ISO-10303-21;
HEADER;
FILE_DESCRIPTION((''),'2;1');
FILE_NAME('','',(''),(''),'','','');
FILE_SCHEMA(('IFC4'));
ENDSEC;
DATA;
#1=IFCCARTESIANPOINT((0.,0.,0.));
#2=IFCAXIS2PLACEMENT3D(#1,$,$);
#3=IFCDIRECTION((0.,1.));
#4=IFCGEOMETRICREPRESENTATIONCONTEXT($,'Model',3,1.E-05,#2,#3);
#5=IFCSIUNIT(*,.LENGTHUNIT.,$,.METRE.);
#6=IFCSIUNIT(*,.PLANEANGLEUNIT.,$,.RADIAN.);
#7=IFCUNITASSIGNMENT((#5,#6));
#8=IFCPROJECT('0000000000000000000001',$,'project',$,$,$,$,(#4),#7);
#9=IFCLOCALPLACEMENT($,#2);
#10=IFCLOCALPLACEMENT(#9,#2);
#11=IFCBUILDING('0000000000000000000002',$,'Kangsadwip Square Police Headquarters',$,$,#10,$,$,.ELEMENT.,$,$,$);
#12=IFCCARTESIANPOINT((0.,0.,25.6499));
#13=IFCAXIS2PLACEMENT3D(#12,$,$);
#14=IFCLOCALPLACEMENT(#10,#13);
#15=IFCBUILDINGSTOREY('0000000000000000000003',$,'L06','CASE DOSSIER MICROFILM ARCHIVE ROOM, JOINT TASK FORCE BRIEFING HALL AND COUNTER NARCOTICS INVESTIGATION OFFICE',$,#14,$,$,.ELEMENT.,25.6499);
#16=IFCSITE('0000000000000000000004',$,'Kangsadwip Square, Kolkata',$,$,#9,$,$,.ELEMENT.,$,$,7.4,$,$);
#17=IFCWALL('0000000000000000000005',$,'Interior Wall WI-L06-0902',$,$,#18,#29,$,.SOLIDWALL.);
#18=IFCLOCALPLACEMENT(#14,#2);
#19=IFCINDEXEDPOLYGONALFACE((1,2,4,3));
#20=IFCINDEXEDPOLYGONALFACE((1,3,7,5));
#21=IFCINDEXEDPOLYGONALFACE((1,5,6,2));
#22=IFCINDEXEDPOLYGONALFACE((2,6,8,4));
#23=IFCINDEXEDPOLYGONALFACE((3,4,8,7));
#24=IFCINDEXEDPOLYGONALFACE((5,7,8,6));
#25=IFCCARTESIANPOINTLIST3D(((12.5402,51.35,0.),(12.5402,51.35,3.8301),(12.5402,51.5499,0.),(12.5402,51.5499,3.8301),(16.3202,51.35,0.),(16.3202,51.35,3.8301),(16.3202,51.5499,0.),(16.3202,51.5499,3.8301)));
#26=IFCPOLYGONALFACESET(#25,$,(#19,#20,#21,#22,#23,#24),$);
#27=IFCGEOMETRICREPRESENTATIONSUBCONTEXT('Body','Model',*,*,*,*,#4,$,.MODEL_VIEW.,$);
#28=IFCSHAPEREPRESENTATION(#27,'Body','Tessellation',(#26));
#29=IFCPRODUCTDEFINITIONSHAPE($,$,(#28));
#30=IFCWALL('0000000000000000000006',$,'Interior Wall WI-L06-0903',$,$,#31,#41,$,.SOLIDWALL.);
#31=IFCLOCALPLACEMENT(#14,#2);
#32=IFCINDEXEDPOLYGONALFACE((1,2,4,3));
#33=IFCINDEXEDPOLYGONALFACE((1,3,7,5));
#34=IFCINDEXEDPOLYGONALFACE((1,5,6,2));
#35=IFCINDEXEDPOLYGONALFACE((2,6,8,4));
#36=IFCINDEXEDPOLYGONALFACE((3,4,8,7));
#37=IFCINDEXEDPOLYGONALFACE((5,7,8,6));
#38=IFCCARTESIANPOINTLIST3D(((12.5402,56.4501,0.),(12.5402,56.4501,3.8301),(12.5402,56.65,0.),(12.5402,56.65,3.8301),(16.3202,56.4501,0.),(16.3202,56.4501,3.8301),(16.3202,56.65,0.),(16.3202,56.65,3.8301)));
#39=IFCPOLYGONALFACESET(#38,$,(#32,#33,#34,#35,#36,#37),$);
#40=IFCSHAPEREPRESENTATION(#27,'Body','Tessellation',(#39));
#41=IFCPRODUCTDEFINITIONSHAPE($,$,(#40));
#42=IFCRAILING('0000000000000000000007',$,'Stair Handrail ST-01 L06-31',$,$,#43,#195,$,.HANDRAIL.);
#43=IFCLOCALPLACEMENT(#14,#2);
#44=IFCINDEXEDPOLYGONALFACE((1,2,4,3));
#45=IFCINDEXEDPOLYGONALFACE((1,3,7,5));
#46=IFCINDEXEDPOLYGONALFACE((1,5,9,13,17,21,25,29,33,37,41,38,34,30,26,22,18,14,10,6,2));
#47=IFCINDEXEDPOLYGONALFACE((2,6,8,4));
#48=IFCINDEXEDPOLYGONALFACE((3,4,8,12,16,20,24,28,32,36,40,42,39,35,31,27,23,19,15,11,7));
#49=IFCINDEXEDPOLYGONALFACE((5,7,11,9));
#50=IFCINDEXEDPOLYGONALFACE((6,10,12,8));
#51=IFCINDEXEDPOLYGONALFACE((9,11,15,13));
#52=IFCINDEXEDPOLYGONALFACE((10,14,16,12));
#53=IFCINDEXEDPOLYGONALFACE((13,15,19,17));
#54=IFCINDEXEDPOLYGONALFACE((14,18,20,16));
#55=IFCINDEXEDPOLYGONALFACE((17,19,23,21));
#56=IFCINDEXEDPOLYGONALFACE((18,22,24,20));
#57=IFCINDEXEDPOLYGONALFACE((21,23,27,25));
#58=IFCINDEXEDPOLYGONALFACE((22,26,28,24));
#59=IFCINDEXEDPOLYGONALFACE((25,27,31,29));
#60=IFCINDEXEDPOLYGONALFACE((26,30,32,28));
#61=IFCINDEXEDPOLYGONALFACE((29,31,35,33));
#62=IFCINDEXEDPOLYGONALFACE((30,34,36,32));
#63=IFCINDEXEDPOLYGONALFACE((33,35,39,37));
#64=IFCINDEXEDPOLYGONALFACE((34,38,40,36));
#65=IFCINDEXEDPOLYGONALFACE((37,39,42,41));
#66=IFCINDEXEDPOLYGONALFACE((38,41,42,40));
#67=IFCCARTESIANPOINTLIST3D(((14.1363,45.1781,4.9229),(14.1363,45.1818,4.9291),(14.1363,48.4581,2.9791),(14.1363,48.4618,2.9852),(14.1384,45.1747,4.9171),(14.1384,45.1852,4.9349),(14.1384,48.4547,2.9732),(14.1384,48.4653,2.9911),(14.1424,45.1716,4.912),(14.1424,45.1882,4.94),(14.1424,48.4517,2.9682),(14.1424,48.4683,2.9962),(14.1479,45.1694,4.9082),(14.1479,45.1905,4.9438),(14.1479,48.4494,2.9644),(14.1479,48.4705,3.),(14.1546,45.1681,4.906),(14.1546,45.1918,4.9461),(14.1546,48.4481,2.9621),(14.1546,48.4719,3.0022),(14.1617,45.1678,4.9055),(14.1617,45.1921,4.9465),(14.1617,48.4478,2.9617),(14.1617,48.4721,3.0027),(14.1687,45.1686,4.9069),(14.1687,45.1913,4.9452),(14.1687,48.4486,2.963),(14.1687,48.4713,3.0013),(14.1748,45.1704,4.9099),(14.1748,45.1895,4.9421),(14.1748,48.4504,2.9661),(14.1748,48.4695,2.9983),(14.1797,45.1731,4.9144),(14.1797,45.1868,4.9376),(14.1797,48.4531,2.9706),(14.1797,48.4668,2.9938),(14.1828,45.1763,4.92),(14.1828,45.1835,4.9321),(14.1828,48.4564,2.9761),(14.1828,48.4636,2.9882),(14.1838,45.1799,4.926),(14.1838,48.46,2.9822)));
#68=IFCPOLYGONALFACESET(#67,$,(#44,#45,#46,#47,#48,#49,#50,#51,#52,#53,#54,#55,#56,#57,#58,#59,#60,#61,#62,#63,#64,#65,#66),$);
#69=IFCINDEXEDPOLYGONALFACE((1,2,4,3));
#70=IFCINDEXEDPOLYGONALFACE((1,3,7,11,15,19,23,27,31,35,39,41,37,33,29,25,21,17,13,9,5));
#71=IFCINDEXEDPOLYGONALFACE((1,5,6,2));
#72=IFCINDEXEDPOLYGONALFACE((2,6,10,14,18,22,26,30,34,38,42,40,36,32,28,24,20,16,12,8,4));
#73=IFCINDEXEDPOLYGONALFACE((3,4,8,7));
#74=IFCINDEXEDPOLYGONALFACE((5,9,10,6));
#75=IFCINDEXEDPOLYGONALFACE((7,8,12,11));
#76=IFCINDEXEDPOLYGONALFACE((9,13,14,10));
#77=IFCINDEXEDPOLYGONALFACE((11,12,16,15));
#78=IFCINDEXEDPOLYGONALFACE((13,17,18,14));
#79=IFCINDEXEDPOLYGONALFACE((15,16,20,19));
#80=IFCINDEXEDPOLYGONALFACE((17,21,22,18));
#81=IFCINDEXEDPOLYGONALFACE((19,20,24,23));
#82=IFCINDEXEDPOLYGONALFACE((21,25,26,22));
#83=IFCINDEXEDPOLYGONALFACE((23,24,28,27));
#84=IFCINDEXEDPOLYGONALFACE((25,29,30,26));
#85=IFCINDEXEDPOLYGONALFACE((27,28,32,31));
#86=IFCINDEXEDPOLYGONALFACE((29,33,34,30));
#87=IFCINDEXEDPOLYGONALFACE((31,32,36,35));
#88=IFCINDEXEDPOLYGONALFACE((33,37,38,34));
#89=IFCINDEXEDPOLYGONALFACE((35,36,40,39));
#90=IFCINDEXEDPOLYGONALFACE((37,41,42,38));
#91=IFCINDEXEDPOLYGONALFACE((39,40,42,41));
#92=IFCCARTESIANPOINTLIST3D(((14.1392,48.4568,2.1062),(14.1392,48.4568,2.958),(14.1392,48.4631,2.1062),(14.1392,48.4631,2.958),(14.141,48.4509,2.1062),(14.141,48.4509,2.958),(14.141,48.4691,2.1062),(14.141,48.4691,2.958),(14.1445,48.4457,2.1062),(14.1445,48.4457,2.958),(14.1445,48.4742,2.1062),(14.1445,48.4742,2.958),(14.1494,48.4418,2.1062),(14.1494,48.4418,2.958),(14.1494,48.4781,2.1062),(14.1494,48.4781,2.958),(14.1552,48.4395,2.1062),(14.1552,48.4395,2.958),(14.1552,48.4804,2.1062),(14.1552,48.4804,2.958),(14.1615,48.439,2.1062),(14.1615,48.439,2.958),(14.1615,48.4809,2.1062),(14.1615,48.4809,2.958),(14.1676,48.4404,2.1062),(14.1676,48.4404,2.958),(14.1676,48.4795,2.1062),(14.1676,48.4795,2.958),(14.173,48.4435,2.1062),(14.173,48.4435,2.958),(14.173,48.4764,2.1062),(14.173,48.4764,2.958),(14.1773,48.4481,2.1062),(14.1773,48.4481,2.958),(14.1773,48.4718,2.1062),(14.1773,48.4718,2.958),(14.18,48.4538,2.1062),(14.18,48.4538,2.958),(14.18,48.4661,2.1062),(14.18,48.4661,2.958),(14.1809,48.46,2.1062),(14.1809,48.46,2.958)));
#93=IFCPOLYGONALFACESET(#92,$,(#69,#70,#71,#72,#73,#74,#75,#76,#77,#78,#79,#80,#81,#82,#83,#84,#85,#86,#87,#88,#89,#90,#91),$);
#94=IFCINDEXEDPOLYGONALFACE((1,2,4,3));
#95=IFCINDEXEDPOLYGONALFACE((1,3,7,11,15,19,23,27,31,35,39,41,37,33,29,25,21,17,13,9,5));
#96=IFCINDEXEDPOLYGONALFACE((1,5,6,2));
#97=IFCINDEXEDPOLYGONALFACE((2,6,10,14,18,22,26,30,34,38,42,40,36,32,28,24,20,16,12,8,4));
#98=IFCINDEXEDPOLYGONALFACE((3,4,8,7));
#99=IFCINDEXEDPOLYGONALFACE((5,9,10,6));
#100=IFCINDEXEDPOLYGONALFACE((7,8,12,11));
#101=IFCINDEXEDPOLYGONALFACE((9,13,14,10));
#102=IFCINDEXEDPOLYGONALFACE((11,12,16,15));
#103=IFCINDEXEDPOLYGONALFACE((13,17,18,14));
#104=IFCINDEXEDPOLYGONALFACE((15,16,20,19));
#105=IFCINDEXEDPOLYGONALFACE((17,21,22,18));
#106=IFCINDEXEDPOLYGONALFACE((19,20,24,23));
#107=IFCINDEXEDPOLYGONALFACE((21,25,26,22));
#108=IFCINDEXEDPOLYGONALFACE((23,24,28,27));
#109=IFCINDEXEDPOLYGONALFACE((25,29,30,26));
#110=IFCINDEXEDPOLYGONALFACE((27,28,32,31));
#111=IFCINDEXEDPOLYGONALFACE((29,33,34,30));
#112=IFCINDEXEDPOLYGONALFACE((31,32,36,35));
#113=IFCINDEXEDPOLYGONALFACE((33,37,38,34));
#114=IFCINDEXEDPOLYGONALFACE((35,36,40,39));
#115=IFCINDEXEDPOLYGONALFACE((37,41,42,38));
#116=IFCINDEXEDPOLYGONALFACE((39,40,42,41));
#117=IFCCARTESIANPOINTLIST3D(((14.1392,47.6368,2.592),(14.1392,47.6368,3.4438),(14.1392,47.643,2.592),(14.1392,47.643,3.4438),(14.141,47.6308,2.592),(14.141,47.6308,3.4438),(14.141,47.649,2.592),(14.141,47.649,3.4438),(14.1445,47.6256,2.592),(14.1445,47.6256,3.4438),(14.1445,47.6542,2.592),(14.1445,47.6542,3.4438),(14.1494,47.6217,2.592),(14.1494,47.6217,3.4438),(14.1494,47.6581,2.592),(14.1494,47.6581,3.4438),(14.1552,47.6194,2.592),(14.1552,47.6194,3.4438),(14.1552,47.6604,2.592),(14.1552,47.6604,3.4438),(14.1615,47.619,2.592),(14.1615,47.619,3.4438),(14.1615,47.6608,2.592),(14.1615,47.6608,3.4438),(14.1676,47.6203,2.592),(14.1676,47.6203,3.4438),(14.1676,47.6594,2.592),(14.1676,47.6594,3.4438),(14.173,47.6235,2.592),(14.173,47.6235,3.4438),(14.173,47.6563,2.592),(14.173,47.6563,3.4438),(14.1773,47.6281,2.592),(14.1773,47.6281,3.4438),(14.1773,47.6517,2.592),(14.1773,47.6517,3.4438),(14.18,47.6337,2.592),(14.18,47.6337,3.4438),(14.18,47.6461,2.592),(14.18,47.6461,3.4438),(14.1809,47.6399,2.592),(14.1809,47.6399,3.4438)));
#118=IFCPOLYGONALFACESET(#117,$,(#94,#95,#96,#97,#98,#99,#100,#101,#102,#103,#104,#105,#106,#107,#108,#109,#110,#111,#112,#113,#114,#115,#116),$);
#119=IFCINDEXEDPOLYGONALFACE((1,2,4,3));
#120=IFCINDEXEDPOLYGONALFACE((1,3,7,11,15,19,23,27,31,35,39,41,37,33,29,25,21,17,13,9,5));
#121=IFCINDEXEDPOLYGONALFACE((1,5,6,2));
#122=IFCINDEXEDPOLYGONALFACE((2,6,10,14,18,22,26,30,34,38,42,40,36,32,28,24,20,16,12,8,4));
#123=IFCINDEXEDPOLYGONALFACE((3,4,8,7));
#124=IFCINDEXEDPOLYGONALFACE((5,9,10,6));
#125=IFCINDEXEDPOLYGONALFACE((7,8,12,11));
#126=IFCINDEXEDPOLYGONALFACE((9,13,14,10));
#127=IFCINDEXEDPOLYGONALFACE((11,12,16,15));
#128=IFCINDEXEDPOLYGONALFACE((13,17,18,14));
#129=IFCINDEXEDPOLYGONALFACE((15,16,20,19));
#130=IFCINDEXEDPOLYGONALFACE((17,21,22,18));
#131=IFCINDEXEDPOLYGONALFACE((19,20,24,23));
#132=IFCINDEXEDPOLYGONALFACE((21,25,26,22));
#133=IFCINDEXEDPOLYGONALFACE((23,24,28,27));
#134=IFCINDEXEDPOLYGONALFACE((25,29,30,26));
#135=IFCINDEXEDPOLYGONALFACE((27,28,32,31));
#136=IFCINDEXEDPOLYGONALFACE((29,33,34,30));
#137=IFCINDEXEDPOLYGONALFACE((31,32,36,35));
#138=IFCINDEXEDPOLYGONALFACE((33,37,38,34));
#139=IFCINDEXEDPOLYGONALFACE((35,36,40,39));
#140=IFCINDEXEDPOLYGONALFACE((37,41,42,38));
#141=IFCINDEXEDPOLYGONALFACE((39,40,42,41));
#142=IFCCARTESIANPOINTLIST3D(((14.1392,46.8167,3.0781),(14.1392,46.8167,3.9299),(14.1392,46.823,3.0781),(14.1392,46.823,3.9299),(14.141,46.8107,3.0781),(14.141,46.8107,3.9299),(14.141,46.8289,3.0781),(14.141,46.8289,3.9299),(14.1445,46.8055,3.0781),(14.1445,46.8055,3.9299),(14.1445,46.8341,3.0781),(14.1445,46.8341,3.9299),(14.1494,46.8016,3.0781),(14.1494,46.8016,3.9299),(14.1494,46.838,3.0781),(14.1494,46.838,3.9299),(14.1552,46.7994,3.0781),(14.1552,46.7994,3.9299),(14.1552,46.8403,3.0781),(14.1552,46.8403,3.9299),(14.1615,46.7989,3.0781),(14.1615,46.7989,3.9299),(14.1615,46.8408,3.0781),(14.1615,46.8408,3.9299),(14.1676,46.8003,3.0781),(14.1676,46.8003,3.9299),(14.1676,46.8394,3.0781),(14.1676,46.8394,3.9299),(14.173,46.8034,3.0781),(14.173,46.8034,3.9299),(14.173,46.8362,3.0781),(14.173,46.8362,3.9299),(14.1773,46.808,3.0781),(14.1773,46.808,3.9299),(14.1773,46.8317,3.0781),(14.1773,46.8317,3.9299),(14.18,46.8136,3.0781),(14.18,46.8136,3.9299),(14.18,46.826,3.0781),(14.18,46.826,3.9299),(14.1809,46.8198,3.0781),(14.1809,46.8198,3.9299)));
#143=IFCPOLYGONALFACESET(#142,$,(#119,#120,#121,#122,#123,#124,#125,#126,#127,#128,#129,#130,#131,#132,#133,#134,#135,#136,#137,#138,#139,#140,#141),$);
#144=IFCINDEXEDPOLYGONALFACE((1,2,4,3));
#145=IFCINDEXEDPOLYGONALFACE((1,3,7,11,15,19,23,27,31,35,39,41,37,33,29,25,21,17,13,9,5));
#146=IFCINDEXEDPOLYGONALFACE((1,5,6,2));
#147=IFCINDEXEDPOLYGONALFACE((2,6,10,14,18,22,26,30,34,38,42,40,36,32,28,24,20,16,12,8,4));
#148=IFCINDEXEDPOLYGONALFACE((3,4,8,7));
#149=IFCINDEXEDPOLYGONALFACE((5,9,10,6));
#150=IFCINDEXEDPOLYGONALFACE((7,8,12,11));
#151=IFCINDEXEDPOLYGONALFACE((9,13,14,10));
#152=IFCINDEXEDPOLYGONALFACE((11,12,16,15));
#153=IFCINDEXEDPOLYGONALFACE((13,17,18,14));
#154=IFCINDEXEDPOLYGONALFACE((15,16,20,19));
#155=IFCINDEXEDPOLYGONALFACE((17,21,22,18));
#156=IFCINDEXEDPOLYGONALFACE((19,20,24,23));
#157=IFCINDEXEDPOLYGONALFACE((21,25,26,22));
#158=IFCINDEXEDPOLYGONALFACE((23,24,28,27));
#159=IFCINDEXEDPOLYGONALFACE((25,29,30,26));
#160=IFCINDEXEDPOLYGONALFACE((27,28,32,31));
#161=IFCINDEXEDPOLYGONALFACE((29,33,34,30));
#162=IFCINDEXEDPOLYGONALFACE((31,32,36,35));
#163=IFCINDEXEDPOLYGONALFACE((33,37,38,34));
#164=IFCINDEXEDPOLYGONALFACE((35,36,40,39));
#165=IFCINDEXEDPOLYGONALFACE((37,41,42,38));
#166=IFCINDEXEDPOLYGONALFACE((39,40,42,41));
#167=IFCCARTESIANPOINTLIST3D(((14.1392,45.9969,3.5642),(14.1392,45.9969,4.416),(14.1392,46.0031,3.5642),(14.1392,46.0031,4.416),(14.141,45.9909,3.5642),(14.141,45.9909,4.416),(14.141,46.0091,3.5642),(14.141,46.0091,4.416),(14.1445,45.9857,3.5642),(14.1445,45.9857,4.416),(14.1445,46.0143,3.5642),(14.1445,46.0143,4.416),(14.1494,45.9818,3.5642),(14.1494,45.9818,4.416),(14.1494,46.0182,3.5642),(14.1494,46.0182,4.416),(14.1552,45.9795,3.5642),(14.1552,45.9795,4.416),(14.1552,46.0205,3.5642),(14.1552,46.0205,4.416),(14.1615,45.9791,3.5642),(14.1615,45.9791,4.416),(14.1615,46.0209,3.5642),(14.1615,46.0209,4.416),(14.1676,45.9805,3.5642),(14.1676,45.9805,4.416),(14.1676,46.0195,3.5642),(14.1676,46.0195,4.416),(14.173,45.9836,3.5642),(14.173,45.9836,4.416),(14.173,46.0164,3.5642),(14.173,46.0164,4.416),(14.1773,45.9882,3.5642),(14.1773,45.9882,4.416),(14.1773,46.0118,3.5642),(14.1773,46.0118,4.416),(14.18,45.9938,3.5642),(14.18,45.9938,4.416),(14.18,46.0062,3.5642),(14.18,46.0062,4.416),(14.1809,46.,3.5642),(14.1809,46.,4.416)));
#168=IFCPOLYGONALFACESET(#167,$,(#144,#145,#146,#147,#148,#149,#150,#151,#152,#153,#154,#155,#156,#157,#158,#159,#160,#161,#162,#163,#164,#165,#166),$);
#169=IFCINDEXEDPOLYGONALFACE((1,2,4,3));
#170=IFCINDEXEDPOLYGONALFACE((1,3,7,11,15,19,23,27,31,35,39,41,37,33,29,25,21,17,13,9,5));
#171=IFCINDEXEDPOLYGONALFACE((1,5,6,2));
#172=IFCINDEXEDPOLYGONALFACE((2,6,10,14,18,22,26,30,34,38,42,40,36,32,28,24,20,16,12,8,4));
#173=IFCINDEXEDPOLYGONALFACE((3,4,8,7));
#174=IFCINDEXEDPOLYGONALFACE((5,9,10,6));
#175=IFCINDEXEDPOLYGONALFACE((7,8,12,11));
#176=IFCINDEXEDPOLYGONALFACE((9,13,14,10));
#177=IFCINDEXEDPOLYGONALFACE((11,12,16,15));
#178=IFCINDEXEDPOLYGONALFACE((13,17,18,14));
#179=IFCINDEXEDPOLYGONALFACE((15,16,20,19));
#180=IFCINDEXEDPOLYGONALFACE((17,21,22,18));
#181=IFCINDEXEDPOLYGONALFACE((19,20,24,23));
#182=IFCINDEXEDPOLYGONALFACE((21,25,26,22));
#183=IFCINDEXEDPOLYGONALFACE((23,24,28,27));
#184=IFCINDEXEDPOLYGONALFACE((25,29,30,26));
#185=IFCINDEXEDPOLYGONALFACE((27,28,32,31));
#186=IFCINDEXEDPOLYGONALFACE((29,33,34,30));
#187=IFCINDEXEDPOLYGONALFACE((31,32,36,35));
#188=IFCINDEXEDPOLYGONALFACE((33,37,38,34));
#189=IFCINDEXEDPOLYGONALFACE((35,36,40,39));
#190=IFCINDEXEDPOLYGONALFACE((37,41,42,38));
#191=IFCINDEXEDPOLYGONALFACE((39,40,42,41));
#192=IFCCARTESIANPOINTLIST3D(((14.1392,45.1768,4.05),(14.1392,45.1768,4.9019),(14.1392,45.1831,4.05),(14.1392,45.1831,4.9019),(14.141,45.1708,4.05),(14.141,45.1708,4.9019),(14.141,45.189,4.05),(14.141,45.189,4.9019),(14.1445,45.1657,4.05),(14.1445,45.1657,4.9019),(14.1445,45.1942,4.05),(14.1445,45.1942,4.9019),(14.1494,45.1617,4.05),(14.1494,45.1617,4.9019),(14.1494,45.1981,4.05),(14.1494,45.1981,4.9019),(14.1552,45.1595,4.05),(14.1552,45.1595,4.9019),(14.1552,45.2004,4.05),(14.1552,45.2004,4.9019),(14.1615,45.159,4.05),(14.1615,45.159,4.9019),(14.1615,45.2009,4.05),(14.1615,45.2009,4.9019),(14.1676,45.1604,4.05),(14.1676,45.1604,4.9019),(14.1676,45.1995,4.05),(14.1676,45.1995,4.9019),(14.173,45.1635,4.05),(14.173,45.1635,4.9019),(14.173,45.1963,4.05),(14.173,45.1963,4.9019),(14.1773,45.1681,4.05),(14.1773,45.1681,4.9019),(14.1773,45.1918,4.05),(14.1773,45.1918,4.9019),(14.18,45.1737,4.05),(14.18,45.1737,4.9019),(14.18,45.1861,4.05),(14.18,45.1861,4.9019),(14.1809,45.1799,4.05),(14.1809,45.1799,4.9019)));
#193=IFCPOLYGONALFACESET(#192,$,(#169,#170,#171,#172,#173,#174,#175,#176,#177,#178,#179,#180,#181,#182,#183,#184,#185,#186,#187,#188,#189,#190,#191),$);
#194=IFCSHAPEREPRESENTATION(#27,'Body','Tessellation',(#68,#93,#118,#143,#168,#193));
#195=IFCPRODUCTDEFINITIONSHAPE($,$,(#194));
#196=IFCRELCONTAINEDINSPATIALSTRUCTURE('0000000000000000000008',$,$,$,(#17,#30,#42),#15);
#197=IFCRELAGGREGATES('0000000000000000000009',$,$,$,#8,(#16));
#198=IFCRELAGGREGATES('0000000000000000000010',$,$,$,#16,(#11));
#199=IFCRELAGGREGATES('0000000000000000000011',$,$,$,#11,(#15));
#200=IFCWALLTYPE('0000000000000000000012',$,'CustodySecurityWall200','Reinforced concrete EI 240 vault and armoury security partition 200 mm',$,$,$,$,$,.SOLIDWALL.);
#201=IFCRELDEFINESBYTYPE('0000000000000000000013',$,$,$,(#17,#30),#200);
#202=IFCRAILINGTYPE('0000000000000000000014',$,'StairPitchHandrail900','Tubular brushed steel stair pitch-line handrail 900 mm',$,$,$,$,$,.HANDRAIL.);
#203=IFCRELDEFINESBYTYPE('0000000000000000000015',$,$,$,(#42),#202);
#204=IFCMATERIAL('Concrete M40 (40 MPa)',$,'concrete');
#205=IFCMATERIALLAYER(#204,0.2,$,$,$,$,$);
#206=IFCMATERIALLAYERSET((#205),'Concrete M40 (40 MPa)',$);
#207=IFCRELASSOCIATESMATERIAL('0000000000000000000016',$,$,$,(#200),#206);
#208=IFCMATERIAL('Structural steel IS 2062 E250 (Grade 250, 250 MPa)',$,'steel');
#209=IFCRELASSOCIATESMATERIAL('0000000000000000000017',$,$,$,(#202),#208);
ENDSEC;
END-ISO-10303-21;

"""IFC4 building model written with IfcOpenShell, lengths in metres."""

from ifc_helpers import new_model, si_unit, direction, frame, frame_2d, origin, origin_2d, place, context, subcontext, project, spatial, rectangle, circle, extrude, material, layer, layer_set, type_object, element, save


model = new_model("IFC4")

# Units and contexts
model_context = context("Model", 3, precision=1e-05, world=origin(), true_north=direction((0.0, 1.0)))
body_context = subcontext(model_context, "Body", "Model", "MODEL_VIEW")
ifc_project = project(units=[si_unit("LENGTHUNIT", "METRE"), si_unit("PLANEANGLEUNIT", "RADIAN")], contexts=[model_context])

# Site, building, storey
site_placement = place(None, origin())
site = spatial("IfcSite", under=ifc_project, at=site_placement, Name="Kangsadwip Square, Kolkata", CompositionType="ELEMENT", RefElevation=7.4)
building_placement = place(site_placement, origin())
building = spatial("IfcBuilding", under=site, at=building_placement, Name="Kangsadwip Square Police Headquarters", CompositionType="ELEMENT")
storey_placement = place(building_placement, frame((0.0, 0.0, 25.6499)))
storey = spatial("IfcBuildingStorey", under=building, at=storey_placement, Name="L06", Description="CASE DOSSIER MICROFILM ARCHIVE ROOM, JOINT TASK FORCE BRIEFING HALL AND COUNTER NARCOTICS INVESTIGATION OFFICE", CompositionType="ELEMENT", Elevation=25.6499)

# Walls
ifc_material_1 = material(Name="Concrete M40 (40 MPa)", Category="concrete")
ifc_layer_1 = layer(ifc_material_1, 0.2)
ifc_layer_set_1 = layer_set([ifc_layer_1], Name="Concrete M40 (40 MPa)")
wall_type_1 = type_object("IfcWallType", Name="CustodySecurityWall200", Description="Reinforced concrete EI 240 vault and armoury security partition 200 mm", PredefinedType="SOLIDWALL", material=ifc_layer_set_1)
for number, where, z_axis, x_axis, name in (
    (1, (12.54, 51.45, 0.0), (0.0, 0.0, 1.0), (1.0, 0.0, 0.0), "Interior Wall WI-L06-0902"),
    (2, (12.54, 56.55, 0.0), (0.0, 0.0, 1.0), (1.0, 0.0, 0.0), "Interior Wall WI-L06-0903"),
):
    element("IfcWall", number, at=place(storey_placement, frame(where, z_axis=z_axis, x_axis=x_axis)), inside=storey, type_object=wall_type_1, Name=name, PredefinedType="SOLIDWALL", context=body_context, shape_type="SweptSolid", body=[
        extrude(rectangle(XDim=3.78, YDim=0.2, at=frame_2d((1.8901, 0.0))), origin(), (0.0, 0.0, 1.0), 3.8301),
    ])

# Railing
ifc_material_2 = material(Name="Structural steel IS 2062 E250 (Grade 250, 250 MPa)", Category="steel")
railing_type = type_object("IfcRailingType", Name="StairPitchHandrail900", Description="Tubular brushed steel stair pitch-line handrail 900 mm", PredefinedType="HANDRAIL", material=ifc_material_2)
railing_placement = place(storey_placement, frame((14.1599, 48.46, 2.1062)))
element("IfcRailing", 3, at=railing_placement, inside=storey, type_object=railing_type, Name="Stair Handrail ST-01 L06-31", PredefinedType="HANDRAIL", context=body_context, shape_type="SweptSolid", body=[
    extrude(circle(Radius=0.0239, at=origin_2d()), frame((0.0, 0.0, 0.876), z_axis=(0.0, -0.860277, 0.509827), x_axis=(1.0, 0.0, 0.0)), (0.0, 0.0, 1.0), 3.8127),
    extrude(circle(Radius=0.021, at=origin_2d()), origin(), (0.0, 0.0, 1.0), 0.8518),
    extrude(circle(Radius=0.021, at=origin_2d()), frame((0.0, -0.8201, 0.4858)), (0.0, 0.0, 1.0), 0.8518),
    extrude(circle(Radius=0.021, at=origin_2d()), frame((0.0, -1.6401, 0.9719)), (0.0, 0.0, 1.0), 0.8518),
    extrude(circle(Radius=0.021, at=origin_2d()), frame((0.0, -2.46, 1.458)), (0.0, 0.0, 1.0), 0.8518),
    extrude(circle(Radius=0.021, at=origin_2d()), frame((0.0, -3.28, 1.9438)), (0.0, 0.0, 1.0), 0.8518),
])

save(model, "model.ifc")
